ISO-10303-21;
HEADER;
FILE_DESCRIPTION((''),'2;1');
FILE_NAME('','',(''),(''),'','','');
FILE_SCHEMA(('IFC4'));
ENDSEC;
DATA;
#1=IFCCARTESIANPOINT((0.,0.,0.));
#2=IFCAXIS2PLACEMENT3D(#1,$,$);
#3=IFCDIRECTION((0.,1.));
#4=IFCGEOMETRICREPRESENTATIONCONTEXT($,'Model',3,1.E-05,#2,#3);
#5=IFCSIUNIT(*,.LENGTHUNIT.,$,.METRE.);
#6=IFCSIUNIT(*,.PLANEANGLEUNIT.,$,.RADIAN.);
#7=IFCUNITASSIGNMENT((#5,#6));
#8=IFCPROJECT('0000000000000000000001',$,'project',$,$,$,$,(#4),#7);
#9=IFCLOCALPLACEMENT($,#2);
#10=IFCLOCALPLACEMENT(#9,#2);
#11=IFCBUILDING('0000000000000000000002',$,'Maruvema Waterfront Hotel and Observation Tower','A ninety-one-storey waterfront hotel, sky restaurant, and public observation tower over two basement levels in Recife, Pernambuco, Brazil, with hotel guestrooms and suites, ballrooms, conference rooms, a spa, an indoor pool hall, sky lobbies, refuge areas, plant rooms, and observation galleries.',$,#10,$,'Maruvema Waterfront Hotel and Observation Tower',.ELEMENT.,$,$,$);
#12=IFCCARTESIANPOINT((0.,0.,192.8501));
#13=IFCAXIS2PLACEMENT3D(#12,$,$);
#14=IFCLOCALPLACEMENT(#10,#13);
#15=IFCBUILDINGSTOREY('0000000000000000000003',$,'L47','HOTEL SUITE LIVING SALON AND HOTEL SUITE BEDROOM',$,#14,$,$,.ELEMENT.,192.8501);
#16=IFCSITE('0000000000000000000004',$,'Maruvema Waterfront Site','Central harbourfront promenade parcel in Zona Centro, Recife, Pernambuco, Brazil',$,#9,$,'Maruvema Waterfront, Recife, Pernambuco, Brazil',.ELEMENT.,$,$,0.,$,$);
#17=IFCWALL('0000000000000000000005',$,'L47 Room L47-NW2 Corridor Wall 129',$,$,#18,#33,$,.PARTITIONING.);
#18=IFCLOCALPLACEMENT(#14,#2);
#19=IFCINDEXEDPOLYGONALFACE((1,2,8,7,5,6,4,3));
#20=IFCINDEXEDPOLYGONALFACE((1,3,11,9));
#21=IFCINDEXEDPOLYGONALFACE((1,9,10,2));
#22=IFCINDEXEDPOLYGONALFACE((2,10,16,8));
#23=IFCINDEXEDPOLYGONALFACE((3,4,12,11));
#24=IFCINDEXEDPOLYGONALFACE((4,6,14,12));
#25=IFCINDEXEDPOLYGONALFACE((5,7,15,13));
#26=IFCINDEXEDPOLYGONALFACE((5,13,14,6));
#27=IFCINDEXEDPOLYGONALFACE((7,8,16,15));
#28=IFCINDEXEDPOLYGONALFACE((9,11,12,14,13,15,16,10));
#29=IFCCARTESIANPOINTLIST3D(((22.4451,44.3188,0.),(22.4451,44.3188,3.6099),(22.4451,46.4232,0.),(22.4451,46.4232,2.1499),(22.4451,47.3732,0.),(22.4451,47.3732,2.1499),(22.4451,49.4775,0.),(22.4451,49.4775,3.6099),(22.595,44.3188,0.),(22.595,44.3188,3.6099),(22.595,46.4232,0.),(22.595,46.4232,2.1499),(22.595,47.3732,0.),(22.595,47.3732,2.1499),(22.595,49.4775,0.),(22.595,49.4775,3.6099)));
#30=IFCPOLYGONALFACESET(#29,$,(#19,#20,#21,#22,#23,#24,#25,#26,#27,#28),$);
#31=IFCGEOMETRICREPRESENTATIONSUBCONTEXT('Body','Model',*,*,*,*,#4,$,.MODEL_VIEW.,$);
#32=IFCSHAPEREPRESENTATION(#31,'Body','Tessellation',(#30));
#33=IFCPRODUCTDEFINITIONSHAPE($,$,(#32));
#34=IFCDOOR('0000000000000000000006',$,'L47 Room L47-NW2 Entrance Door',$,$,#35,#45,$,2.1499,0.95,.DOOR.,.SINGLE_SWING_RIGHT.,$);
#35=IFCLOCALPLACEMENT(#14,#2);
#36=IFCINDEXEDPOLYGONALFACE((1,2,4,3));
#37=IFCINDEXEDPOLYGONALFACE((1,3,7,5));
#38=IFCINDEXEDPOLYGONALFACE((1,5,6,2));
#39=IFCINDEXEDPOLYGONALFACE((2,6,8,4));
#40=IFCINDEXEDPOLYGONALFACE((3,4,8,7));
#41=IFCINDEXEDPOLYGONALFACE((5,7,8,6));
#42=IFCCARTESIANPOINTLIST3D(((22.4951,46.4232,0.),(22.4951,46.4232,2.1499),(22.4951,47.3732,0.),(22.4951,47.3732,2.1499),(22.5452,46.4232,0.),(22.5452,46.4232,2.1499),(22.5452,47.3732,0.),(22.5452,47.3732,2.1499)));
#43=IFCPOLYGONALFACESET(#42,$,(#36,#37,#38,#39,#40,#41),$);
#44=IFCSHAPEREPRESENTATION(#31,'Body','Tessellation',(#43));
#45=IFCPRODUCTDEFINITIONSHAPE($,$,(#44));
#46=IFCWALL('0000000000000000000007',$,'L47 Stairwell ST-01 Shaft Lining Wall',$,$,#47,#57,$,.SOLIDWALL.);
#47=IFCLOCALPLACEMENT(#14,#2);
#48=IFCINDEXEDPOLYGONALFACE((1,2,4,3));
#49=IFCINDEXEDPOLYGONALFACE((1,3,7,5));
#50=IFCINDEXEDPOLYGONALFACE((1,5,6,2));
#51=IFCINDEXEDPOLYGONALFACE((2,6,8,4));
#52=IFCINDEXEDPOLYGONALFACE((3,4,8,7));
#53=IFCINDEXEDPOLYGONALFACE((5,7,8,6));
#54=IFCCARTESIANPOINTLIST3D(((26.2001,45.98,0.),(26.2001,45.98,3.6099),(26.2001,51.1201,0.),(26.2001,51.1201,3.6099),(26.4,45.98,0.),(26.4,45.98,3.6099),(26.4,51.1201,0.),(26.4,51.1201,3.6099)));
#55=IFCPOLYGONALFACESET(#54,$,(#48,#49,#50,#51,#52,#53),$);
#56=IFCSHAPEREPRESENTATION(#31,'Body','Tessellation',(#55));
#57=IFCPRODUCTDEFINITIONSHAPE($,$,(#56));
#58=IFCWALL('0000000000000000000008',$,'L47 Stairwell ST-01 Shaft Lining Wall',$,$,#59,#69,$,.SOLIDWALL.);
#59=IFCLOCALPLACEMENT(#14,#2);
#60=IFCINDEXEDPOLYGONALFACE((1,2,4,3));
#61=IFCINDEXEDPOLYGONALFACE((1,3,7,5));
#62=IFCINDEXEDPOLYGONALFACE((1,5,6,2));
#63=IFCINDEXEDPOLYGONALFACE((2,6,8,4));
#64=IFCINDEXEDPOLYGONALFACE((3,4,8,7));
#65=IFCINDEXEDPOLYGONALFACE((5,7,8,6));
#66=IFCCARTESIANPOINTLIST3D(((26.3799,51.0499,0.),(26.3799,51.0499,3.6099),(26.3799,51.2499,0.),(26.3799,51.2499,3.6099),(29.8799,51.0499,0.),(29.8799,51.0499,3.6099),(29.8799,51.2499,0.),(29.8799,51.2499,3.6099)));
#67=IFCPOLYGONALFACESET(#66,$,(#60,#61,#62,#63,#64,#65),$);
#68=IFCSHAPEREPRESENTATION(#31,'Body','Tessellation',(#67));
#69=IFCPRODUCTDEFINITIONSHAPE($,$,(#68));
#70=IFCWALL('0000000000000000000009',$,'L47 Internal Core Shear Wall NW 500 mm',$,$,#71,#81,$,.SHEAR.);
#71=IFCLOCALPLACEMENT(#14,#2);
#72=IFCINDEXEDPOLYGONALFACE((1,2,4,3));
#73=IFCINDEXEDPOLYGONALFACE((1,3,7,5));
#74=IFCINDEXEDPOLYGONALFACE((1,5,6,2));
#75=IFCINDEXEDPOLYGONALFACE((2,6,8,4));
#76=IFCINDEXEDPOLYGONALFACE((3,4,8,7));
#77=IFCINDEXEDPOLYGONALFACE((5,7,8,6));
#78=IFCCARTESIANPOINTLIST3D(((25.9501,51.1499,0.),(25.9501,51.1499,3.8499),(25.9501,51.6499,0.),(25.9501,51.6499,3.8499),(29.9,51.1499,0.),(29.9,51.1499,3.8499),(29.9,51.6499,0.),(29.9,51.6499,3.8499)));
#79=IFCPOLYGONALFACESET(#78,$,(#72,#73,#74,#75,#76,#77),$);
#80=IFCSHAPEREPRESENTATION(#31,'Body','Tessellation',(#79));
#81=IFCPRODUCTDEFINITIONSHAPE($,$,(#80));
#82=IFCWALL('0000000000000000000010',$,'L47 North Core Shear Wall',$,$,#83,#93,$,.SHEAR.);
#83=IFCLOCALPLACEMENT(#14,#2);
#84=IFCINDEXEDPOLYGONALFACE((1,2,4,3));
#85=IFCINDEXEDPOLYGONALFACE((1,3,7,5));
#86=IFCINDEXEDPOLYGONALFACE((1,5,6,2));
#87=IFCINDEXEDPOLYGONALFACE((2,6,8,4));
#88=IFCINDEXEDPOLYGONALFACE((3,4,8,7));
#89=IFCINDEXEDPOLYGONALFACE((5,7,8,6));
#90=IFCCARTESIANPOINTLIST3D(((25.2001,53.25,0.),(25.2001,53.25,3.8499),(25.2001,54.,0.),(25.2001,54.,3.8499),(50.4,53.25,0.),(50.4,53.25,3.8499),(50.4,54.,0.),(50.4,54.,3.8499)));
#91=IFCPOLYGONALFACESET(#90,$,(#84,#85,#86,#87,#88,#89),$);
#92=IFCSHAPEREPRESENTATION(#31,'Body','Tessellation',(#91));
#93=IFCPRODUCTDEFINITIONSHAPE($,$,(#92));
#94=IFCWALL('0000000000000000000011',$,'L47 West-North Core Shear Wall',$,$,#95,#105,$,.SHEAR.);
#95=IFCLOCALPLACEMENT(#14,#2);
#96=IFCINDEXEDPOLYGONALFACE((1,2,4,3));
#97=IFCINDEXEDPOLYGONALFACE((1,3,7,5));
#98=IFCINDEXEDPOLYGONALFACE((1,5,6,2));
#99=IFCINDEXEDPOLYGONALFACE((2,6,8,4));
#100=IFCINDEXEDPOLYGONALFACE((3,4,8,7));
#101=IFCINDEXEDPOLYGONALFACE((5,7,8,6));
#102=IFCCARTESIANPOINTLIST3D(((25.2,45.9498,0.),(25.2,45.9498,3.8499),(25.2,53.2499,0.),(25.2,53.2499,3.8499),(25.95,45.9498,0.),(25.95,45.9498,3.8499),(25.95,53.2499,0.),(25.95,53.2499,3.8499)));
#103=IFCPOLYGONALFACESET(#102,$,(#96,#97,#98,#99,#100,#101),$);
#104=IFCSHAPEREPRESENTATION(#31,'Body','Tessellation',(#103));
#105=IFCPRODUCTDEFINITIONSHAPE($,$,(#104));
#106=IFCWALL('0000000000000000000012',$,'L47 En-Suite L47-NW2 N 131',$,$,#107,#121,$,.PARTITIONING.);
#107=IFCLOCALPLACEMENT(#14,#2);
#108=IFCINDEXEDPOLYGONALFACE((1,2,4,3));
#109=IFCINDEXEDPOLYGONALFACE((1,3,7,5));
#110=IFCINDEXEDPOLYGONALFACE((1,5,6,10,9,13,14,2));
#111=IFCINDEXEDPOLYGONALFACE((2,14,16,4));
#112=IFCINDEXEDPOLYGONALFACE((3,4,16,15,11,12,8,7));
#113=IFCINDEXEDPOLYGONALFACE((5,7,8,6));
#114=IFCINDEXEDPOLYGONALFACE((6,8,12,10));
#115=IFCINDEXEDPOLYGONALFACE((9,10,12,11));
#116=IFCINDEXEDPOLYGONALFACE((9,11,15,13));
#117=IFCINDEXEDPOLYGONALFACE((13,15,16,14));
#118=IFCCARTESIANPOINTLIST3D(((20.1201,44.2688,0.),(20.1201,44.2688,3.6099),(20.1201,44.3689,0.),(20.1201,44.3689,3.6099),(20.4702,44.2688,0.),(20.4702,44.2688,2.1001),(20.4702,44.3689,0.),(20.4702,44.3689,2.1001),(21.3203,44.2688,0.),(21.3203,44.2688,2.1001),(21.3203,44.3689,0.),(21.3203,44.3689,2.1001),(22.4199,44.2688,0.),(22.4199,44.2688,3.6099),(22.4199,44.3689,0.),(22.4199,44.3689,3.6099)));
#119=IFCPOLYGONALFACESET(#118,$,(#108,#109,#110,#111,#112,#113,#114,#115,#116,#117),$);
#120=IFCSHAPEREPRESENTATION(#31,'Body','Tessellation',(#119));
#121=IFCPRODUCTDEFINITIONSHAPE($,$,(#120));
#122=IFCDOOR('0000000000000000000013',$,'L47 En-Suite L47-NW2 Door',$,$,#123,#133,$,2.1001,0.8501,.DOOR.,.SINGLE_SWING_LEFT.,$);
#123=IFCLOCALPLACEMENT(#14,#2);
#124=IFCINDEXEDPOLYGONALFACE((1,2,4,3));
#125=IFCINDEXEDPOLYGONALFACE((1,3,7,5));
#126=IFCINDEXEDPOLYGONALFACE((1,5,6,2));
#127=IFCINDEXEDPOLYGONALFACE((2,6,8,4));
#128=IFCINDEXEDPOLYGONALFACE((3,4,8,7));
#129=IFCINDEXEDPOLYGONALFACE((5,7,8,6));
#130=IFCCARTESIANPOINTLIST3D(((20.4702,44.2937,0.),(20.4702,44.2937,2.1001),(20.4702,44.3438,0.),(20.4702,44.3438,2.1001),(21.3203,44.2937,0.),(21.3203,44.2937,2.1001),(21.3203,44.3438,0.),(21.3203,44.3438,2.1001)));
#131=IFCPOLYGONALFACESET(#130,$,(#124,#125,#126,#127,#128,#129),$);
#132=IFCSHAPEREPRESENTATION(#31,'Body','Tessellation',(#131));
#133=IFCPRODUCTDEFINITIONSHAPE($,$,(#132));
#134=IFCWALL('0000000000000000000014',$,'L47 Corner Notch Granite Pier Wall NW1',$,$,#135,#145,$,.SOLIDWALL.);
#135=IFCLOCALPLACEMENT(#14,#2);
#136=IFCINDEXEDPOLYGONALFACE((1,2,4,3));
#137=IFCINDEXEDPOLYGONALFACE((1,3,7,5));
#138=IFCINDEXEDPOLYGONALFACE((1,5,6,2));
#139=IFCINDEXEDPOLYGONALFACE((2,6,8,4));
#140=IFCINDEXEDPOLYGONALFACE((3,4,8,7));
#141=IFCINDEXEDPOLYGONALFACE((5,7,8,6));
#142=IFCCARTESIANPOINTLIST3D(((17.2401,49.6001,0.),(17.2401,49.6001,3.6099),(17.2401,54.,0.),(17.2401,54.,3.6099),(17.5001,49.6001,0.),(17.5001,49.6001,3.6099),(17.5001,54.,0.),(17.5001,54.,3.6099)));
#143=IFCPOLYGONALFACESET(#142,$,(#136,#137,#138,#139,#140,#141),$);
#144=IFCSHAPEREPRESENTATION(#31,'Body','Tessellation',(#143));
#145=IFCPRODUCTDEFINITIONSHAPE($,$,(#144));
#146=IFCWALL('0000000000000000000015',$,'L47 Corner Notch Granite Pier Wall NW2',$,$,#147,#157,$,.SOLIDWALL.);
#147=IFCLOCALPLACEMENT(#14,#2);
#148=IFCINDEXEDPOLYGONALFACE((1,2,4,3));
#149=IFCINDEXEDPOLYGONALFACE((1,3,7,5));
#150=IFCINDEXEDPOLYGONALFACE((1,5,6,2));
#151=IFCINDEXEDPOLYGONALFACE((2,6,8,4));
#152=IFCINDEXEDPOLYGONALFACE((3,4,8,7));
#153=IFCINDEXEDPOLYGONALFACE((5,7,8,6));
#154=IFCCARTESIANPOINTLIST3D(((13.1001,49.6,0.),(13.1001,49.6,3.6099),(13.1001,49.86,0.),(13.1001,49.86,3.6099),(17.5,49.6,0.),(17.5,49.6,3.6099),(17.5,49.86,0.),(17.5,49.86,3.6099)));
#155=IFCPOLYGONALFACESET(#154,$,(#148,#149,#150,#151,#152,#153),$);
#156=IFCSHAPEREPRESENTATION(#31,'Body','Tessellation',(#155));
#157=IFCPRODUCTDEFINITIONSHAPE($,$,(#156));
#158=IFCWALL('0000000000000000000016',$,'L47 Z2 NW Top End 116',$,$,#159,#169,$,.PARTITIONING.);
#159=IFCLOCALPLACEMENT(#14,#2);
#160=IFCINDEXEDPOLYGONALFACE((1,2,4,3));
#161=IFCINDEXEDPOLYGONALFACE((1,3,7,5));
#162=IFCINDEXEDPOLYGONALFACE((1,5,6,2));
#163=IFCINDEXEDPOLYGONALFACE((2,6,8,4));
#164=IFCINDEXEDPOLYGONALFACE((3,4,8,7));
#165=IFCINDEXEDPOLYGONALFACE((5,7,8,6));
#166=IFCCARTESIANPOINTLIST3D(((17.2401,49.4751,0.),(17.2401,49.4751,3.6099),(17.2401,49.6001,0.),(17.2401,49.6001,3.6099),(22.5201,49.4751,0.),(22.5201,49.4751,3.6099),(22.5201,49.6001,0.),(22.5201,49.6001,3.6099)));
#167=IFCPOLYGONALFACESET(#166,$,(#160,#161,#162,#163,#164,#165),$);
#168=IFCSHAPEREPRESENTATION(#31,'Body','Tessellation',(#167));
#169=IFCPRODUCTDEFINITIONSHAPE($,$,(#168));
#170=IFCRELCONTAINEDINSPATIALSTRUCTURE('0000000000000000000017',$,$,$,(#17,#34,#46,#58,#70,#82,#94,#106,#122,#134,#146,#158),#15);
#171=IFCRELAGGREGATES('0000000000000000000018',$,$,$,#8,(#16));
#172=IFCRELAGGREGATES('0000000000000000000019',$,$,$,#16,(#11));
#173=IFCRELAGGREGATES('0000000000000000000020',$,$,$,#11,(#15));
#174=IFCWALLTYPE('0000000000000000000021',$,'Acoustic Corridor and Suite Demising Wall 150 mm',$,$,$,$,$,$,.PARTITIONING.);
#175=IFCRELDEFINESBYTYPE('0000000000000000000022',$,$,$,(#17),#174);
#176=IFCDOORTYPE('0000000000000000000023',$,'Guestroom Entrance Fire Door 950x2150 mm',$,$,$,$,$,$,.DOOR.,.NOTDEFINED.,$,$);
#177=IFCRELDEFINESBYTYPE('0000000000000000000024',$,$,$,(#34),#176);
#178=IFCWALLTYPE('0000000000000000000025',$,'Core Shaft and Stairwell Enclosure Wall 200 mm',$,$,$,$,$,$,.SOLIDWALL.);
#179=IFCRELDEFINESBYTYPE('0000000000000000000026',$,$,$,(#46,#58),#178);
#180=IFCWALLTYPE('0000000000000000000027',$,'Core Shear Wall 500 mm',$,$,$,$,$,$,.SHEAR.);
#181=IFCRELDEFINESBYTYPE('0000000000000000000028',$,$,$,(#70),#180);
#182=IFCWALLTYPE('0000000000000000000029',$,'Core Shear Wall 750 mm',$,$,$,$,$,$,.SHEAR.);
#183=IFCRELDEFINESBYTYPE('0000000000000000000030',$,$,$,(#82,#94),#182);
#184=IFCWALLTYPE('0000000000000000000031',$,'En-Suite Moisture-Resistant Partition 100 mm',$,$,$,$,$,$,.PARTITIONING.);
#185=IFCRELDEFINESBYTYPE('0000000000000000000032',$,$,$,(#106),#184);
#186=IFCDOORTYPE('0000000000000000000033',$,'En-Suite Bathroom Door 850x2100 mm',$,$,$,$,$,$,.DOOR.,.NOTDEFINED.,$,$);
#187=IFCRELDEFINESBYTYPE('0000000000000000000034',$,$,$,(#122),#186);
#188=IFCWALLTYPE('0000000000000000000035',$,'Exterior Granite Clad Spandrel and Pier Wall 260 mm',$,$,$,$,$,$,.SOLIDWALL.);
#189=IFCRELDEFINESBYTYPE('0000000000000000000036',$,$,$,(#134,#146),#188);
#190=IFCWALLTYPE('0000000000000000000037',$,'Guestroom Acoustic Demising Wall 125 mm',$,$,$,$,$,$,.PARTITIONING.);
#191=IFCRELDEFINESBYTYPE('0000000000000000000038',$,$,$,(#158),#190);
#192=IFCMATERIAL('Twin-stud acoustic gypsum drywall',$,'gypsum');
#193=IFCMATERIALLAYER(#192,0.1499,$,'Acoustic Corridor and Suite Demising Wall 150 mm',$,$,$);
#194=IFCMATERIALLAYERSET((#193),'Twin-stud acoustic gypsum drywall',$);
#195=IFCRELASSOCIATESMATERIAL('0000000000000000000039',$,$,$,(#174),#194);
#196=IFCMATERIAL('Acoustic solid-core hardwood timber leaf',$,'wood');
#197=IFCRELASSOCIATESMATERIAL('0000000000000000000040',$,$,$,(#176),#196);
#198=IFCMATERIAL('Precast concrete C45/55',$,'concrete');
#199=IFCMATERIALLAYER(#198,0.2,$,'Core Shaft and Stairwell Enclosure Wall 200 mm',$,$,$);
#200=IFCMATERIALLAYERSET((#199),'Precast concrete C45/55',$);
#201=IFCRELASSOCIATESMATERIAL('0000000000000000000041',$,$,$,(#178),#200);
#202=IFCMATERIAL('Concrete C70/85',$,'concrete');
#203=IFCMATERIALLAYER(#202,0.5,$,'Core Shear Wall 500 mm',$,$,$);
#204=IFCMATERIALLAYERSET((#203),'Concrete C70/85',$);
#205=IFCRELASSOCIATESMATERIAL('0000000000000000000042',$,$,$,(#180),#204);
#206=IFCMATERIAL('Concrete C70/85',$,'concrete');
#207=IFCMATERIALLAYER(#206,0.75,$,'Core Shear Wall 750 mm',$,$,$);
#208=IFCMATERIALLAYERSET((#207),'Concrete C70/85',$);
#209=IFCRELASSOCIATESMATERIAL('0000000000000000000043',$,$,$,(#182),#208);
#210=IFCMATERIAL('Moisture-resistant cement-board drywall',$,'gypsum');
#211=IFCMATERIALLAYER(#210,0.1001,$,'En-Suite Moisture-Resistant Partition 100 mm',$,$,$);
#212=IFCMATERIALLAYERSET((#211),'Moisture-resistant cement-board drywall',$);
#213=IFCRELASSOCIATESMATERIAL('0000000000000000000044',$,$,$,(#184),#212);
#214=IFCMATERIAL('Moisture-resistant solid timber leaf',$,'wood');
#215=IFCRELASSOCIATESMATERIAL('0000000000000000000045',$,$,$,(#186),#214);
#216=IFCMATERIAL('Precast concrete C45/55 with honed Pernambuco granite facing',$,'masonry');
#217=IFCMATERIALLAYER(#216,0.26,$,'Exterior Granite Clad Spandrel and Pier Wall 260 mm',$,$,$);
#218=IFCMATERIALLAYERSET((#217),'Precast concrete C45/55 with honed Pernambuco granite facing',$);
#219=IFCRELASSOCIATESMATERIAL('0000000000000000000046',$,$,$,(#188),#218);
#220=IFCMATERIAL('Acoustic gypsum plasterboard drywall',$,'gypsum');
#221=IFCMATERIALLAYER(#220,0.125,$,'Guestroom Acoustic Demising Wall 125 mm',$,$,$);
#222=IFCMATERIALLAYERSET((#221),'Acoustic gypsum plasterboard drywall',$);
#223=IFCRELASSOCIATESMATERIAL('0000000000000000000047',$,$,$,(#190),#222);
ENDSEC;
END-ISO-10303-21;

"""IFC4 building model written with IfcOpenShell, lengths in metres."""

from ifc_helpers import new_model, si_unit, direction, frame, frame_2d, origin, place, context, subcontext, project, spatial, rectangle, extrude, material, layer, layer_set, type_object, element, fill, save


model = new_model("IFC4")

# Units and contexts
model_context = context("Model", 3, precision=1e-05, world=origin(), true_north=direction((0.0, 1.0)))
body_context = subcontext(model_context, "Body", "Model", "MODEL_VIEW")
ifc_project = project(units=[si_unit("LENGTHUNIT", "METRE"), si_unit("PLANEANGLEUNIT", "RADIAN")], contexts=[model_context])

# Site, building, storey
site_placement = place(None, origin())
site = spatial("IfcSite", under=ifc_project, at=site_placement, Name="Maruvema Waterfront Site", Description="Central harbourfront promenade parcel in Zona Centro, Recife, Pernambuco, Brazil", LongName="Maruvema Waterfront, Recife, Pernambuco, Brazil", CompositionType="ELEMENT", RefElevation=0.0)
building_placement = place(site_placement, origin())
building = spatial("IfcBuilding", under=site, at=building_placement, Name="Maruvema Waterfront Hotel and Observation Tower", Description="A ninety-one-storey waterfront hotel, sky restaurant, and public observation tower over two basement levels in Recife, Pernambuco, Brazil, with hotel guestrooms and suites, ballrooms, conference rooms, a spa, an indoor pool hall, sky lobbies, refuge areas, plant rooms, and observation galleries.", LongName="Maruvema Waterfront Hotel and Observation Tower", CompositionType="ELEMENT")
storey_placement = place(building_placement, frame((0.0, 0.0, 192.8501)))
storey = spatial("IfcBuildingStorey", under=building, at=storey_placement, Name="L47", Description="HOTEL SUITE LIVING SALON AND HOTEL SUITE BEDROOM", CompositionType="ELEMENT", Elevation=192.8501)

# Wall, opening, door
ifc_material_1 = material(Name="Twin-stud acoustic gypsum drywall", Category="gypsum")
ifc_layer_1 = layer(ifc_material_1, 0.1499, Name="Acoustic Corridor and Suite Demising Wall 150 mm")
ifc_layer_set_1 = layer_set([ifc_layer_1], Name="Twin-stud acoustic gypsum drywall")
wall_type_1 = type_object("IfcWallType", Name="Acoustic Corridor and Suite Demising Wall 150 mm", PredefinedType="PARTITIONING", material=ifc_layer_set_1)
wall_1_placement = place(storey_placement, frame((22.52, 44.3188, 0.0), z_axis=(0.0, 0.0, 1.0), x_axis=(0.0, 1.0, 0.0)))
wall_1 = element("IfcWall", 1, at=wall_1_placement, inside=storey, type_object=wall_type_1, Name="L47 Room L47-NW2 Corridor Wall 129", PredefinedType="PARTITIONING", context=body_context, shape_type="SweptSolid", body=[
    extrude(rectangle(XDim=5.1587, YDim=0.1499, at=frame_2d((2.5793, 0.0))), origin(), (0.0, 0.0, 1.0), 3.6099),
])
opening_1_placement = place(wall_1_placement, frame((2.1042, 0.0, 0.0)))
opening_1 = element("IfcOpeningElement", 2, at=opening_1_placement, cuts=wall_1, PredefinedType="OPENING", context=body_context, shape_type="SweptSolid", body=[
    extrude(rectangle(XDim=0.95, YDim=2.1499, at=frame_2d((0.4751, 1.075))), frame((0.0, 0.085, 0.0), z_axis=(0.0, -1.0, 0.0), x_axis=(1.0, 0.0, 0.0)), (0.0, 0.0, 1.0), 0.1699),
])
ifc_material_2 = material(Name="Acoustic solid-core hardwood timber leaf", Category="wood")
door_type_1 = type_object("IfcDoorType", Name="Guestroom Entrance Fire Door 950x2150 mm", OperationType="NOTDEFINED", PredefinedType="DOOR", material=ifc_material_2)
door_1_placement = place(opening_1_placement, origin())
door_1 = element("IfcDoor", 3, at=door_1_placement, inside=storey, type_object=door_type_1, Name="L47 Room L47-NW2 Entrance Door", OperationType="SINGLE_SWING_RIGHT", OverallHeight=2.1499, OverallWidth=0.95, PredefinedType="DOOR", context=body_context, shape_type="SweptSolid", body=[
    extrude(rectangle(XDim=0.95, YDim=2.1499, at=frame_2d((0.4751, 1.075))), frame((0.0, 0.0249, 0.0), z_axis=(0.0, -1.0, 0.0), x_axis=(1.0, 0.0, 0.0)), (0.0, 0.0, 1.0), 0.05),
])
fill(opening_1, door_1)

# Walls
ifc_material_3 = material(Name="Precast concrete C45/55", Category="concrete")
ifc_layer_2 = layer(ifc_material_3, 0.2, Name="Core Shaft and Stairwell Enclosure Wall 200 mm")
ifc_layer_set_2 = layer_set([ifc_layer_2], Name="Precast concrete C45/55")
wall_type_2 = type_object("IfcWallType", Name="Core Shaft and Stairwell Enclosure Wall 200 mm", PredefinedType="SOLIDWALL", material=ifc_layer_set_2)
wall_2_placement = place(storey_placement, frame((26.3, 45.98, 0.0), z_axis=(0.0, 0.0, 1.0), x_axis=(0.0, 1.0, 0.0)))
element("IfcWall", 4, at=wall_2_placement, inside=storey, type_object=wall_type_2, Name="L47 Stairwell ST-01 Shaft Lining Wall", PredefinedType="SOLIDWALL", context=body_context, shape_type="SweptSolid", body=[
    extrude(rectangle(XDim=5.1401, YDim=0.2, at=frame_2d((2.5701, 0.0))), origin(), (0.0, 0.0, 1.0), 3.6099),
])
wall_3_placement = place(storey_placement, frame((26.3799, 51.1499, 0.0), z_axis=(0.0, 0.0, 1.0), x_axis=(1.0, 0.0, 0.0)))
element("IfcWall", 5, at=wall_3_placement, inside=storey, type_object=wall_type_2, Name="L47 Stairwell ST-01 Shaft Lining Wall", PredefinedType="SOLIDWALL", context=body_context, shape_type="SweptSolid", body=[
    extrude(rectangle(XDim=3.5, YDim=0.2, at=frame_2d((1.75, 0.0))), origin(), (0.0, 0.0, 1.0), 3.6099),
])
ifc_material_4 = material(Name="Concrete C70/85", Category="concrete")
ifc_layer_3 = layer(ifc_material_4, 0.5, Name="Core Shear Wall 500 mm")
ifc_layer_set_3 = layer_set([ifc_layer_3], Name="Concrete C70/85")
wall_type_3 = type_object("IfcWallType", Name="Core Shear Wall 500 mm", PredefinedType="SHEAR", material=ifc_layer_set_3)
wall_4_placement = place(storey_placement, frame((25.95, 51.3999, 0.0), z_axis=(0.0, 0.0, 1.0), x_axis=(1.0, 0.0, 0.0)))
element("IfcWall", 6, at=wall_4_placement, inside=storey, type_object=wall_type_3, Name="L47 Internal Core Shear Wall NW 500 mm", PredefinedType="SHEAR", context=body_context, shape_type="SweptSolid", body=[
    extrude(rectangle(XDim=3.95, YDim=0.5, at=frame_2d((1.9751, 0.0))), origin(), (0.0, 0.0, 1.0), 3.8499),
])
ifc_material_5 = material(Name="Concrete C70/85", Category="concrete")
ifc_layer_4 = layer(ifc_material_5, 0.75, Name="Core Shear Wall 750 mm")
ifc_layer_set_4 = layer_set([ifc_layer_4], Name="Concrete C70/85")
wall_type_4 = type_object("IfcWallType", Name="Core Shear Wall 750 mm", PredefinedType="SHEAR", material=ifc_layer_set_4)
wall_5_placement = place(storey_placement, frame((25.2, 53.625, 0.0), z_axis=(0.0, 0.0, 1.0), x_axis=(1.0, 0.0, 0.0)))
element("IfcWall", 7, at=wall_5_placement, inside=storey, type_object=wall_type_4, Name="L47 North Core Shear Wall", PredefinedType="SHEAR", context=body_context, shape_type="SweptSolid", body=[
    extrude(rectangle(XDim=25.2, YDim=0.75, at=frame_2d((12.6001, 0.0))), origin(), (0.0, 0.0, 1.0), 3.8499),
])
wall_6_placement = place(storey_placement, frame((25.575, 45.95, 0.0), z_axis=(0.0, 0.0, 1.0), x_axis=(0.0, 1.0, 0.0)))
element("IfcWall", 8, at=wall_6_placement, inside=storey, type_object=wall_type_4, Name="L47 West-North Core Shear Wall", PredefinedType="SHEAR", context=body_context, shape_type="SweptSolid", body=[
    extrude(rectangle(XDim=7.3, YDim=0.75, at=frame_2d((3.6499, 0.0))), origin(), (0.0, 0.0, 1.0), 3.8499),
])

# Wall, opening, door
ifc_material_6 = material(Name="Moisture-resistant cement-board drywall", Category="gypsum")
ifc_layer_5 = layer(ifc_material_6, 0.1001, Name="En-Suite Moisture-Resistant Partition 100 mm")
ifc_layer_set_5 = layer_set([ifc_layer_5], Name="Moisture-resistant cement-board drywall")
wall_type_5 = type_object("IfcWallType", Name="En-Suite Moisture-Resistant Partition 100 mm", PredefinedType="PARTITIONING", material=ifc_layer_set_5)
wall_7_placement = place(storey_placement, frame((20.1201, 44.3188, 0.0), z_axis=(0.0, 0.0, 1.0), x_axis=(1.0, 0.0, 0.0)))
wall_7 = element("IfcWall", 9, at=wall_7_placement, inside=storey, type_object=wall_type_5, Name="L47 En-Suite L47-NW2 N 131", PredefinedType="PARTITIONING", context=body_context, shape_type="SweptSolid", body=[
    extrude(rectangle(XDim=2.2998, YDim=0.1001, at=frame_2d((1.1499, 0.0))), origin(), (0.0, 0.0, 1.0), 3.6099),
])
opening_2_placement = place(wall_7_placement, frame((0.3501, 0.0, 0.0)))
opening_2 = element("IfcOpeningElement", 10, at=opening_2_placement, cuts=wall_7, PredefinedType="OPENING", context=body_context, shape_type="SweptSolid", body=[
    extrude(rectangle(XDim=0.8501, YDim=2.1001, at=frame_2d((0.425, 1.05))), frame((0.0, 0.0601, 0.0), z_axis=(0.0, -1.0, 0.0), x_axis=(1.0, 0.0, 0.0)), (0.0, 0.0, 1.0), 0.1201),
])
ifc_material_7 = material(Name="Moisture-resistant solid timber leaf", Category="wood")
door_type_2 = type_object("IfcDoorType", Name="En-Suite Bathroom Door 850x2100 mm", OperationType="NOTDEFINED", PredefinedType="DOOR", material=ifc_material_7)
door_2_placement = place(opening_2_placement, origin())
door_2 = element("IfcDoor", 11, at=door_2_placement, inside=storey, type_object=door_type_2, Name="L47 En-Suite L47-NW2 Door", OperationType="SINGLE_SWING_LEFT", OverallHeight=2.1001, OverallWidth=0.8501, PredefinedType="DOOR", context=body_context, shape_type="SweptSolid", body=[
    extrude(rectangle(XDim=0.8501, YDim=2.1001, at=frame_2d((0.425, 1.05))), frame((0.0, 0.0249, 0.0), z_axis=(0.0, -1.0, 0.0), x_axis=(1.0, 0.0, 0.0)), (0.0, 0.0, 1.0), 0.05),
])
fill(opening_2, door_2)

# Walls
ifc_material_8 = material(Name="Precast concrete C45/55 with honed Pernambuco granite facing", Category="masonry")
ifc_layer_6 = layer(ifc_material_8, 0.26, Name="Exterior Granite Clad Spandrel and Pier Wall 260 mm")
ifc_layer_set_6 = layer_set([ifc_layer_6], Name="Precast concrete C45/55 with honed Pernambuco granite facing")
wall_type_6 = type_object("IfcWallType", Name="Exterior Granite Clad Spandrel and Pier Wall 260 mm", PredefinedType="SOLIDWALL", material=ifc_layer_set_6)
for number, where, z_axis, x_axis, name in (
    (12, (17.3701, 49.6001, 0.0), (0.0, 0.0, 1.0), (0.0, 1.0, 0.0), "L47 Corner Notch Granite Pier Wall NW1"),
    (13, (13.1001, 49.73, 0.0), (0.0, 0.0, 1.0), (1.0, 0.0, 0.0), "L47 Corner Notch Granite Pier Wall NW2"),
):
    element("IfcWall", number, at=place(storey_placement, frame(where, z_axis=z_axis, x_axis=x_axis)), inside=storey, type_object=wall_type_6, Name=name, PredefinedType="SOLIDWALL", context=body_context, shape_type="SweptSolid", body=[
        extrude(rectangle(XDim=4.3999, YDim=0.26, at=frame_2d((2.2, 0.0))), origin(), (0.0, 0.0, 1.0), 3.6099),
    ])
ifc_material_9 = material(Name="Acoustic gypsum plasterboard drywall", Category="gypsum")
ifc_layer_7 = layer(ifc_material_9, 0.125, Name="Guestroom Acoustic Demising Wall 125 mm")
ifc_layer_set_7 = layer_set([ifc_layer_7], Name="Acoustic gypsum plasterboard drywall")
wall_type_7 = type_object("IfcWallType", Name="Guestroom Acoustic Demising Wall 125 mm", PredefinedType="PARTITIONING", material=ifc_layer_set_7)
wall_8_placement = place(storey_placement, frame((17.24, 49.5376, 0.0), z_axis=(0.0, 0.0, 1.0), x_axis=(1.0, 0.0, 0.0)))
element("IfcWall", 14, at=wall_8_placement, inside=storey, type_object=wall_type_7, Name="L47 Z2 NW Top End 116", PredefinedType="PARTITIONING", context=body_context, shape_type="SweptSolid", body=[
    extrude(rectangle(XDim=5.28, YDim=0.125, at=frame_2d((2.6401, 0.0))), origin(), (0.0, 0.0, 1.0), 3.6099),
])

save(model, "model.ifc")
